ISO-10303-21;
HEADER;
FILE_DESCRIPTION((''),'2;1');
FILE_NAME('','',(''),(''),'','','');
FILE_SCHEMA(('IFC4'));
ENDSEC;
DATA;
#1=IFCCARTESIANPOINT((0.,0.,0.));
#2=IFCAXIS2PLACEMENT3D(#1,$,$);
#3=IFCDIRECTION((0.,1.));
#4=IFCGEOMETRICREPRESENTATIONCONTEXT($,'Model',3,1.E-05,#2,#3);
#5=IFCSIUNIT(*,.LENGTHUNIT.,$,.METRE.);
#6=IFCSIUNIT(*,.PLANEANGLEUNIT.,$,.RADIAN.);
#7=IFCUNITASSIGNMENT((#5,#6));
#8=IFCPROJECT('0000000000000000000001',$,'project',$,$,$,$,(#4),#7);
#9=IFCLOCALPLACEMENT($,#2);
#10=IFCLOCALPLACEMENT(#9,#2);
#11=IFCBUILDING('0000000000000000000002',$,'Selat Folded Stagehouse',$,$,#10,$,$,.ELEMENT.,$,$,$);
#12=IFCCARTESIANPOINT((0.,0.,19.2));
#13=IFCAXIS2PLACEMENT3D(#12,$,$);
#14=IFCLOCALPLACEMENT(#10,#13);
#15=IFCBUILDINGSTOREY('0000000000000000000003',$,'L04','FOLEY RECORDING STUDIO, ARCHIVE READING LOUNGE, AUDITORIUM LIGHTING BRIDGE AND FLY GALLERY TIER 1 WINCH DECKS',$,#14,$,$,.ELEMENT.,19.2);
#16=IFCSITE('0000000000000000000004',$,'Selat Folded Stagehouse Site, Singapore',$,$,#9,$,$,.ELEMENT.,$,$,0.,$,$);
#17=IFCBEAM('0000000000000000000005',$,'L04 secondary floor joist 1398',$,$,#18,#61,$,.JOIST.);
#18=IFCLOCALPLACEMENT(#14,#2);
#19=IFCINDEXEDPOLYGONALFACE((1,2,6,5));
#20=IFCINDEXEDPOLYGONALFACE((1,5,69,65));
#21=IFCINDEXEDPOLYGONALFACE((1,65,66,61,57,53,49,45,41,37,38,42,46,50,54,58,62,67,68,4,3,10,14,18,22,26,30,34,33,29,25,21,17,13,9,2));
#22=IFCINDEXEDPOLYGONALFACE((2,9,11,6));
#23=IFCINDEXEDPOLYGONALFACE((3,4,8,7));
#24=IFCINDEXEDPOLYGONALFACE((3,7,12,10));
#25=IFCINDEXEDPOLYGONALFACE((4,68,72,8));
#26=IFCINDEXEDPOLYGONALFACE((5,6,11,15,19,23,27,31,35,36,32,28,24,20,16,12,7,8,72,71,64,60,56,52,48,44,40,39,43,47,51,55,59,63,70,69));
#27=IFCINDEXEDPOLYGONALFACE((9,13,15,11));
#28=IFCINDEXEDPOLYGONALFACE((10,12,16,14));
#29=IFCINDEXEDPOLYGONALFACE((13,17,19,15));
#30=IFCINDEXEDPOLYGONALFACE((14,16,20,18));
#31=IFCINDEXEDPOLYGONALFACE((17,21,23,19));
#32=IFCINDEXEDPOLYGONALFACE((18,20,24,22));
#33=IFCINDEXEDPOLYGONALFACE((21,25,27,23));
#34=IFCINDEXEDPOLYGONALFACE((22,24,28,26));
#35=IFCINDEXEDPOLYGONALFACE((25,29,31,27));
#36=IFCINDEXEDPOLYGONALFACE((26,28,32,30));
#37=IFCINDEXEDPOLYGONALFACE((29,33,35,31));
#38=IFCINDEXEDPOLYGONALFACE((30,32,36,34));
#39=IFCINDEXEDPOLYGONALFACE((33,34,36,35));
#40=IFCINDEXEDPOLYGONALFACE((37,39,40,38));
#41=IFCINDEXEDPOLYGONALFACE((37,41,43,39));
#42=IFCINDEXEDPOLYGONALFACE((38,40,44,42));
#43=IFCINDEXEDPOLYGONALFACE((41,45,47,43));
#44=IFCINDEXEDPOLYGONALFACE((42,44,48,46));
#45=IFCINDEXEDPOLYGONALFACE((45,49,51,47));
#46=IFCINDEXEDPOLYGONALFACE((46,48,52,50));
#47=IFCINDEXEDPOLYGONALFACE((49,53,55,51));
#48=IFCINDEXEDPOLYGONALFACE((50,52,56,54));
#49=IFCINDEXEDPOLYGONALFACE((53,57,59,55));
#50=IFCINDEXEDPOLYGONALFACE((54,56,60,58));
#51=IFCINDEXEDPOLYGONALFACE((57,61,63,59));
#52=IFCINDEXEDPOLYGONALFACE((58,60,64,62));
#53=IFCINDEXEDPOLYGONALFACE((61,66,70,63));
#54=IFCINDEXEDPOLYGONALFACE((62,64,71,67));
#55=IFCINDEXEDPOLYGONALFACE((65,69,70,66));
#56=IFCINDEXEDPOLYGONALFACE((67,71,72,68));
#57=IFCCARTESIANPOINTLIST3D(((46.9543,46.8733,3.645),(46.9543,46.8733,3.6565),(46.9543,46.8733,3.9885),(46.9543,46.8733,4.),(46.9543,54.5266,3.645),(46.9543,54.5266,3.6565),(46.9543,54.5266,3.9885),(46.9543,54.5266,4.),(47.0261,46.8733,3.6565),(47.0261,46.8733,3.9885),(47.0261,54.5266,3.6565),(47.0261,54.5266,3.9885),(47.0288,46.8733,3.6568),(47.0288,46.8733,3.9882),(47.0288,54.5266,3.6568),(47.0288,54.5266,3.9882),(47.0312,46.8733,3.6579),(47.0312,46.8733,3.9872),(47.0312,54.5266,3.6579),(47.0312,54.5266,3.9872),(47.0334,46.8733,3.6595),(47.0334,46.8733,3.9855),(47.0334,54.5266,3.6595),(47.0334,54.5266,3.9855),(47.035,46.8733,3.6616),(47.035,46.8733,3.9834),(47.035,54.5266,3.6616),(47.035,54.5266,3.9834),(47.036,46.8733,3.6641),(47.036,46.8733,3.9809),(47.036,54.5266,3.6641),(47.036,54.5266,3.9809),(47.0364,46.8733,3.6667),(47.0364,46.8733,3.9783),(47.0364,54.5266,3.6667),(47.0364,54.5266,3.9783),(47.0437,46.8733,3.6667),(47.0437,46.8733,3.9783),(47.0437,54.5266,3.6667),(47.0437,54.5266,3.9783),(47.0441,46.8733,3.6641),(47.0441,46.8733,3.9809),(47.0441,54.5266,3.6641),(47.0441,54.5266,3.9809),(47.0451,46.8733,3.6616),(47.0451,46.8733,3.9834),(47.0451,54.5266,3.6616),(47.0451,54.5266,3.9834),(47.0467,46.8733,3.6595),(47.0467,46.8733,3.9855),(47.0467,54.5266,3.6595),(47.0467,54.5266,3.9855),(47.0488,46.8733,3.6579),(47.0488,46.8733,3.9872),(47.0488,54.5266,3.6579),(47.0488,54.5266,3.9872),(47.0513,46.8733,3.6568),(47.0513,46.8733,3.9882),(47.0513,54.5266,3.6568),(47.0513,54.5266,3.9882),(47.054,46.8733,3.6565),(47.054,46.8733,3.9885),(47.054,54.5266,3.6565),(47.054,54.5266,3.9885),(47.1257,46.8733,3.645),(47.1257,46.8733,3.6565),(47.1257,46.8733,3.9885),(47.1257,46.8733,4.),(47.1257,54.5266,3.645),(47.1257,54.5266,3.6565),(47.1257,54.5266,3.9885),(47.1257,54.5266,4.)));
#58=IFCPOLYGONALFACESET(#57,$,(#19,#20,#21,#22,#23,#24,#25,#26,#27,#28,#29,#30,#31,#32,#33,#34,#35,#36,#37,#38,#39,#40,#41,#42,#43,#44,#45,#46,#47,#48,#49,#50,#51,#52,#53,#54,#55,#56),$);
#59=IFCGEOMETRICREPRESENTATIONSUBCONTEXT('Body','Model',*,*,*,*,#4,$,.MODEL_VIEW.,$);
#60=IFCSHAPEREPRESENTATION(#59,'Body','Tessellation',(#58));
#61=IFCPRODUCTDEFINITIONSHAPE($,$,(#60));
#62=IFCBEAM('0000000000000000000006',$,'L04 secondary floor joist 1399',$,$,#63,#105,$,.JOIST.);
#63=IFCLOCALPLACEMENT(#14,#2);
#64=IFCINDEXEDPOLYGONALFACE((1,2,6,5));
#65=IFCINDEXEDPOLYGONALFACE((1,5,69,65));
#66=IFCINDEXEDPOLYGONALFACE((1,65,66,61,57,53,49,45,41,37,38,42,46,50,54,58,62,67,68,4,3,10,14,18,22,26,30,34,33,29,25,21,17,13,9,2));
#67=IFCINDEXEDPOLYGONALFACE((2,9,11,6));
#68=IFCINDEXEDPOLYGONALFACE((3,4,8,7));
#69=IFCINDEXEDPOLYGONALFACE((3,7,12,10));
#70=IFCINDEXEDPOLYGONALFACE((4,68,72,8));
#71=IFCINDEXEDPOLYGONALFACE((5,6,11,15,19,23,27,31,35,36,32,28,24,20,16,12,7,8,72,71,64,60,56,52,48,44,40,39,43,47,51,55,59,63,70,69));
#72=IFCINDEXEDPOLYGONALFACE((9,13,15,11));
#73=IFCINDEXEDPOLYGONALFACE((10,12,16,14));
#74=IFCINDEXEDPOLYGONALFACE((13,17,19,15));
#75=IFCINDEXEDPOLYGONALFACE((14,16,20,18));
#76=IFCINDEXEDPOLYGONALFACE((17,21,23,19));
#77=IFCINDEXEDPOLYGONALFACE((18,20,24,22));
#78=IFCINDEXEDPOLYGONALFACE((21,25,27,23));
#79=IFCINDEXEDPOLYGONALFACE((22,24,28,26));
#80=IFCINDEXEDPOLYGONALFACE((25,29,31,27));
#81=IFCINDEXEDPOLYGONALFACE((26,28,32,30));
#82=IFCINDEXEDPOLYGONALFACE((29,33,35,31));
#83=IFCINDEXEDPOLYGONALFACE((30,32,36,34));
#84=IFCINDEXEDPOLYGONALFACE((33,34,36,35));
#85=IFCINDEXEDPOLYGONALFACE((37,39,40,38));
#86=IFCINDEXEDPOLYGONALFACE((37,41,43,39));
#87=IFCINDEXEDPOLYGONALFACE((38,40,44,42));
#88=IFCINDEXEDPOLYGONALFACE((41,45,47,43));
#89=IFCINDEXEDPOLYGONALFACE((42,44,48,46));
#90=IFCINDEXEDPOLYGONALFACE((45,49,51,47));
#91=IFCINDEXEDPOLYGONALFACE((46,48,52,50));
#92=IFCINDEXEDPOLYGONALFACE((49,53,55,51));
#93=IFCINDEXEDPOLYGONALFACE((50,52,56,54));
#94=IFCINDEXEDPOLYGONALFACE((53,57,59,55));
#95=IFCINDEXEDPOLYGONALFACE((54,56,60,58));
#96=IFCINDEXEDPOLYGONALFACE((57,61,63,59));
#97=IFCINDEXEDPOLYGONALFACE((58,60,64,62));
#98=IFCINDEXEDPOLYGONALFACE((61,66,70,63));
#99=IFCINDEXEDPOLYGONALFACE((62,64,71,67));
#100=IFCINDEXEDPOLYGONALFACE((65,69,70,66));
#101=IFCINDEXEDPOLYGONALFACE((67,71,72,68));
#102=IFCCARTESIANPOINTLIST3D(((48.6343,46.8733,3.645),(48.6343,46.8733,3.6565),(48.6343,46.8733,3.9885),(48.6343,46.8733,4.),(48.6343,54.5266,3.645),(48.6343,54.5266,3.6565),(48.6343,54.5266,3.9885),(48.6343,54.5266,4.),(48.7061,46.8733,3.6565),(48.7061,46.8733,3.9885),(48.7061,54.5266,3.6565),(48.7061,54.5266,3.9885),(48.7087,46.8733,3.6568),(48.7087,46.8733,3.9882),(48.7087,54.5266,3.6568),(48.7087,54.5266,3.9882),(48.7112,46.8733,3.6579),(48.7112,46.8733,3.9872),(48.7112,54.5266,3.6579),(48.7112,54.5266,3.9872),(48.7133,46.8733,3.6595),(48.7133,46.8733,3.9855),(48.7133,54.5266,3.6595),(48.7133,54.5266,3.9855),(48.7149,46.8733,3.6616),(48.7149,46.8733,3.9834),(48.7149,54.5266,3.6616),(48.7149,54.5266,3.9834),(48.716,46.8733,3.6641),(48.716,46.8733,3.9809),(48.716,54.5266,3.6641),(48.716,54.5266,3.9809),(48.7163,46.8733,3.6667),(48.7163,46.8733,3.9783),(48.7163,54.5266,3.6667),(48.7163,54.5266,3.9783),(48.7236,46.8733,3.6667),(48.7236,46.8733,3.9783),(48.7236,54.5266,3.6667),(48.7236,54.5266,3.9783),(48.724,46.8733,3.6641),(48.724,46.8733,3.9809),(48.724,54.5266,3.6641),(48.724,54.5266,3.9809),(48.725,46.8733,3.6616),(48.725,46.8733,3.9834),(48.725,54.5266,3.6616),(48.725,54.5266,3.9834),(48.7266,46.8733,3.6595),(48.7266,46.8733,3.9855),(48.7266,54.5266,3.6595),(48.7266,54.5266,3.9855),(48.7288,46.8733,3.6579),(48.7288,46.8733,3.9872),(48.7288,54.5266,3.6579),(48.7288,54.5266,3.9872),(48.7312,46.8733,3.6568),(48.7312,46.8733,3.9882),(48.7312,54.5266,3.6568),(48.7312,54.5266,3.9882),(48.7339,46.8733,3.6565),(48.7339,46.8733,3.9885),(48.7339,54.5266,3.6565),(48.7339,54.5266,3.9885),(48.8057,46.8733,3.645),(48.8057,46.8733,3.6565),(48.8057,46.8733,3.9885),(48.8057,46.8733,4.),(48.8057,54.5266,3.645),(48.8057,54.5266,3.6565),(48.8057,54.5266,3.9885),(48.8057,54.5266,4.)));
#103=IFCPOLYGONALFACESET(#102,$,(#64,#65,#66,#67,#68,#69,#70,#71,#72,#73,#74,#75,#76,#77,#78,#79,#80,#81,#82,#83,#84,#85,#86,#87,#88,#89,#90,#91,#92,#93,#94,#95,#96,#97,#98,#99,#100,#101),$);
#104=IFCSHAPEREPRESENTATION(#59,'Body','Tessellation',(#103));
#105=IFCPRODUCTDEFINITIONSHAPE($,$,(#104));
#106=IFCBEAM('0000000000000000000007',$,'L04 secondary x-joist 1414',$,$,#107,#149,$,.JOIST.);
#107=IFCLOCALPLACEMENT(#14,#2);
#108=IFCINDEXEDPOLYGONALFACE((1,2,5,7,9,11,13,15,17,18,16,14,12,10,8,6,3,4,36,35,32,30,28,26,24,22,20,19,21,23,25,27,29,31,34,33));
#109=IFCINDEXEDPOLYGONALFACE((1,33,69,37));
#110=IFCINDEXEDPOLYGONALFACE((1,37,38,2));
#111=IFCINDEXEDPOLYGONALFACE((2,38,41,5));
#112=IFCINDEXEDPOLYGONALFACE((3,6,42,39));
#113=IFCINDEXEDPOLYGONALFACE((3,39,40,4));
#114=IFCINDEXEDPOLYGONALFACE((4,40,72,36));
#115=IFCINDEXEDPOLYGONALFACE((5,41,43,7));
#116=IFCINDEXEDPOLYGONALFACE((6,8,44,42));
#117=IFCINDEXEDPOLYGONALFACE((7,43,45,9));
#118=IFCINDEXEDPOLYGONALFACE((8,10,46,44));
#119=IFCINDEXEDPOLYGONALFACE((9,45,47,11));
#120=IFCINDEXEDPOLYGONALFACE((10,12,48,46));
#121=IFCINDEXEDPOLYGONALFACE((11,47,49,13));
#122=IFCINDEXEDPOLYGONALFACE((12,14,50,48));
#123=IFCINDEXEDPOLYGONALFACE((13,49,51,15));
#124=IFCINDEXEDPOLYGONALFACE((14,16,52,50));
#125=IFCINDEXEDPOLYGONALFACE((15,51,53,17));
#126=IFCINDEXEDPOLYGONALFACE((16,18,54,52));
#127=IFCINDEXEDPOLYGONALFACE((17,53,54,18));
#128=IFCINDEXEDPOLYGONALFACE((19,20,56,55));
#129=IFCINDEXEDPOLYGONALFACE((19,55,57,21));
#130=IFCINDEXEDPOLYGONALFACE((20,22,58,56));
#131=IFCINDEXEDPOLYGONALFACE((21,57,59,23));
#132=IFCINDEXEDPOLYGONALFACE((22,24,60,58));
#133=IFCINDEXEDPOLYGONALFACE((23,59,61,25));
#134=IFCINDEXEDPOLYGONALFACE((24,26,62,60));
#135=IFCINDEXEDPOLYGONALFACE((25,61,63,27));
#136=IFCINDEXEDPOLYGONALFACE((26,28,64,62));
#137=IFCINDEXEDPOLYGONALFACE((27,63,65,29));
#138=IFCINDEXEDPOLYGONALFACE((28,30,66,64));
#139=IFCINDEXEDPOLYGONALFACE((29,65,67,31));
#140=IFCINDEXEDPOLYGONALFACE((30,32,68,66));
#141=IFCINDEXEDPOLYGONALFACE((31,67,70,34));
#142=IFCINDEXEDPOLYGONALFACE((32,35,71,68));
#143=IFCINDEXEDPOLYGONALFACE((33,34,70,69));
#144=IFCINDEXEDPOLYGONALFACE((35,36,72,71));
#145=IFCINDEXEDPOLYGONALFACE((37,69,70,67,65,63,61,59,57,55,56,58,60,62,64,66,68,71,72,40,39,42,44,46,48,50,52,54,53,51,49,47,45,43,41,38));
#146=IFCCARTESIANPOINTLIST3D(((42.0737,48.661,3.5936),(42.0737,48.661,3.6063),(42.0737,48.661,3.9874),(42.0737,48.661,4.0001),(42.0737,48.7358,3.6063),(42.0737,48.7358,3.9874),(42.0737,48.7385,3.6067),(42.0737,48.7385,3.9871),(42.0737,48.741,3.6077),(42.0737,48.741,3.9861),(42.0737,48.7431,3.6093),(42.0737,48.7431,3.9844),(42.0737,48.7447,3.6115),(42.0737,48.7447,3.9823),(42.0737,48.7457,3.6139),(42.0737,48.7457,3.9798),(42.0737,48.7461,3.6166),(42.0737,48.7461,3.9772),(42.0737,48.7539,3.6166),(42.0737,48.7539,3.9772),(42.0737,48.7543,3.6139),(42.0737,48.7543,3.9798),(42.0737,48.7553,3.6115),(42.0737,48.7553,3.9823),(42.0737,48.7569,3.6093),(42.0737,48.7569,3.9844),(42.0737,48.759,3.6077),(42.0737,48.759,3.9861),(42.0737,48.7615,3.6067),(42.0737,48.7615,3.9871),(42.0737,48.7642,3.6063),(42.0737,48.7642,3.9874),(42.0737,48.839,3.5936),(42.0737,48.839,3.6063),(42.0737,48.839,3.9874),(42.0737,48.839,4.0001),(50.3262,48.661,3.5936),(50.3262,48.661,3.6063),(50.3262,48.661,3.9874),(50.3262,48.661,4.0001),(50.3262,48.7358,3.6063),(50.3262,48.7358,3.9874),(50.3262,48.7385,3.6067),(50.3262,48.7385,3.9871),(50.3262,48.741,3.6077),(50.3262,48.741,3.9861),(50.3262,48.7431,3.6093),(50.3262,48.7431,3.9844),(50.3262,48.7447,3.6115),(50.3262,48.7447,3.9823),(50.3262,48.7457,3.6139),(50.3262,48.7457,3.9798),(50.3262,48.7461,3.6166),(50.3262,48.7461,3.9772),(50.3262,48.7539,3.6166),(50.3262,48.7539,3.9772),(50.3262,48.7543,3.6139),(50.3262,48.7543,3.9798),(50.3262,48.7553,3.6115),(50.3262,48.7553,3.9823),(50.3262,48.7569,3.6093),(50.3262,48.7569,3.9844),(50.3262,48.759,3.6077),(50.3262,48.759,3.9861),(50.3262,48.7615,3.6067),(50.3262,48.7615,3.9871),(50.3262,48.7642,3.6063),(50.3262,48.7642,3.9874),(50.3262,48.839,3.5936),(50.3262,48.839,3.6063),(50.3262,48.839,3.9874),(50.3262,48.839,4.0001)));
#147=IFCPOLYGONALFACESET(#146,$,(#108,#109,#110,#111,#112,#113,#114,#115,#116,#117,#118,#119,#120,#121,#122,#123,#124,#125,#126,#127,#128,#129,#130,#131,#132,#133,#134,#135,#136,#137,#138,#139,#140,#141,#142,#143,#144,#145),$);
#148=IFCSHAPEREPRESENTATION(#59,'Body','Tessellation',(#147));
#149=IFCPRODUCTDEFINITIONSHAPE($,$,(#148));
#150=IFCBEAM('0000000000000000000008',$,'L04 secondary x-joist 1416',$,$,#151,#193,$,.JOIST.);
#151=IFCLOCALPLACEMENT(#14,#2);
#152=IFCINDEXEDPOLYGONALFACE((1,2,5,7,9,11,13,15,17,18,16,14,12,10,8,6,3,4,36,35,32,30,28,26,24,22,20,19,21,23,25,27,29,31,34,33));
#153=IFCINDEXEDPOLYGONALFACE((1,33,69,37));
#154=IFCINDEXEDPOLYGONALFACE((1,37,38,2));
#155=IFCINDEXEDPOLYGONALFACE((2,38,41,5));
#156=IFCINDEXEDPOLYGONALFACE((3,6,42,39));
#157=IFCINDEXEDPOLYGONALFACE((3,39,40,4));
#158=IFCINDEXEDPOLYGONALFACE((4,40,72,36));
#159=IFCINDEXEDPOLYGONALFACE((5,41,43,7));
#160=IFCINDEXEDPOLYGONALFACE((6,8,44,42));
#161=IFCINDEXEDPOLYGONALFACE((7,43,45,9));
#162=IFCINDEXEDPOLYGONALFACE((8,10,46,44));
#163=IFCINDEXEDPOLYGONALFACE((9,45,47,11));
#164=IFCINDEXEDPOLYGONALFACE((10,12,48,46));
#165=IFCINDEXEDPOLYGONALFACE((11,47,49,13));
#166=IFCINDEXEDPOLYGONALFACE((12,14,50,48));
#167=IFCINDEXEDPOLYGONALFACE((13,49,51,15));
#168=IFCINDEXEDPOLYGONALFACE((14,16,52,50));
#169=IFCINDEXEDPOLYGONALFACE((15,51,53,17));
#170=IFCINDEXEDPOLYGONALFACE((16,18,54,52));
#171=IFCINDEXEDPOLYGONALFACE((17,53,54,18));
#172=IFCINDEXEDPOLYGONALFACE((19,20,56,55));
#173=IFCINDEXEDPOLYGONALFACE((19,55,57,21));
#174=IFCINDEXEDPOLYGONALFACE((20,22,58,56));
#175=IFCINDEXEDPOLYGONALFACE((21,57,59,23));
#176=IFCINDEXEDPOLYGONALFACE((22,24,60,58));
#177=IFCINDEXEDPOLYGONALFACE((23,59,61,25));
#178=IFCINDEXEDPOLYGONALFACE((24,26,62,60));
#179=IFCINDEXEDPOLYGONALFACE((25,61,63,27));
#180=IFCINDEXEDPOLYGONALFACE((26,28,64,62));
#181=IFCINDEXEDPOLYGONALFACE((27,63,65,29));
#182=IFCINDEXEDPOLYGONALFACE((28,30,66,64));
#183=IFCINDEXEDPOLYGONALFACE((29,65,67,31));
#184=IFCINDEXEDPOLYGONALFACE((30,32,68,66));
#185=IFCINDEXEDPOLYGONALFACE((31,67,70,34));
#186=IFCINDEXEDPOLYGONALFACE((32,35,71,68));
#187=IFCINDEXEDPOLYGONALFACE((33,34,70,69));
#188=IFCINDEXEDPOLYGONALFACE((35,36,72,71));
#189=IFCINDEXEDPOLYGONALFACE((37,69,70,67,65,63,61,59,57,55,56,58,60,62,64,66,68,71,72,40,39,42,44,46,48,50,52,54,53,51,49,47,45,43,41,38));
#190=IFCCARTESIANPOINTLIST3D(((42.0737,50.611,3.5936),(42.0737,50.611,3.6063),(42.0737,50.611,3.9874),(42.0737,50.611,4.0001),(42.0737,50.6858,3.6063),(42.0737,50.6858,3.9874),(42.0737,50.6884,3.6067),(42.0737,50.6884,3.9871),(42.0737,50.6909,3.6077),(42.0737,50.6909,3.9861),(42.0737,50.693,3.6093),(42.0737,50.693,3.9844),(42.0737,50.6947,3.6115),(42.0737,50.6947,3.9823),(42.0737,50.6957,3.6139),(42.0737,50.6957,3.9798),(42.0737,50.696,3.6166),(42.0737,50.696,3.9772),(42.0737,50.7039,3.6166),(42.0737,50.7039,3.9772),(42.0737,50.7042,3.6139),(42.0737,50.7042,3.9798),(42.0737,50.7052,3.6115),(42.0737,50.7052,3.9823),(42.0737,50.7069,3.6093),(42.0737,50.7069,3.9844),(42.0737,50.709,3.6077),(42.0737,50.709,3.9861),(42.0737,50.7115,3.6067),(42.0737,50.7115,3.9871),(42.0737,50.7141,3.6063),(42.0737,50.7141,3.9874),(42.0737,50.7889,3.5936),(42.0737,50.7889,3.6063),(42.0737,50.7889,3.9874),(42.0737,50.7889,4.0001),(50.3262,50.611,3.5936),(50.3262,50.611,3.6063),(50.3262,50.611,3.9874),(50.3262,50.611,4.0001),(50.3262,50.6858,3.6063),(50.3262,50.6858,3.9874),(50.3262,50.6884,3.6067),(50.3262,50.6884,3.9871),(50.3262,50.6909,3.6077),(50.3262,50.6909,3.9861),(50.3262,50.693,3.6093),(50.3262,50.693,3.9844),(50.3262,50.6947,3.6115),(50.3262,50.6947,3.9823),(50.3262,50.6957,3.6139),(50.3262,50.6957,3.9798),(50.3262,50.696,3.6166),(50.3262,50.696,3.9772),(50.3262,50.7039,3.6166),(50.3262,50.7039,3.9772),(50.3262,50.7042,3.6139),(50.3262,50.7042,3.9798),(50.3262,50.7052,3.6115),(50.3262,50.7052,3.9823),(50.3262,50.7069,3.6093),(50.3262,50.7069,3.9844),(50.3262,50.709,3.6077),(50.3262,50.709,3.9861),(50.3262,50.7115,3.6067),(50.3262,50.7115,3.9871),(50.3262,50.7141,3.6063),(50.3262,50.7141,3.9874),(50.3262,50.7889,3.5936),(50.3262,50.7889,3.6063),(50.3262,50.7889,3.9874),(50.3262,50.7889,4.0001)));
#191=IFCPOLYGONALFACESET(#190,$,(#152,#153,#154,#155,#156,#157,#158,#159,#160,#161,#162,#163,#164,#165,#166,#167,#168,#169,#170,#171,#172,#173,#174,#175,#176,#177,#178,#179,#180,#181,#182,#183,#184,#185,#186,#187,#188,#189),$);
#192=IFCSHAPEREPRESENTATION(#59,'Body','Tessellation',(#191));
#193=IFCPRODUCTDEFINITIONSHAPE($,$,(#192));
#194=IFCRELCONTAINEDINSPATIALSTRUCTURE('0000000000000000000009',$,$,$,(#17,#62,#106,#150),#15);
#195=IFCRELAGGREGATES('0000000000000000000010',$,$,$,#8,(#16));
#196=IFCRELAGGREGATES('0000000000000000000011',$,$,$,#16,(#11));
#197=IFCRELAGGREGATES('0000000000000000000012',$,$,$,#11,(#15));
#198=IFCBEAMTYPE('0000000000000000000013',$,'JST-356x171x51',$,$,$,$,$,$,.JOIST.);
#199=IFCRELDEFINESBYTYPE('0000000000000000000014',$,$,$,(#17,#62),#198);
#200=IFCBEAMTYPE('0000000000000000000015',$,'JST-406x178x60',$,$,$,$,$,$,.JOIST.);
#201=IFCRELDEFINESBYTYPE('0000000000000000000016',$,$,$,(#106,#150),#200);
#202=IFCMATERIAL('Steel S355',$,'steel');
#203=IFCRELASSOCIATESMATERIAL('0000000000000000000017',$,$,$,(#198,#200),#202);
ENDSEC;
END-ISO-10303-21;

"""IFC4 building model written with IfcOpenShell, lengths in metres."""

from ifc_helpers import new_model, si_unit, direction, frame, origin, origin_2d, place, context, subcontext, project, spatial, i_section, extrude, material, material_profile, profile_set, type_object, element, save


model = new_model("IFC4")

# Units and contexts
model_context = context("Model", 3, precision=1e-05, world=origin(), true_north=direction((0.0, 1.0)))
body_context = subcontext(model_context, "Body", "Model", "MODEL_VIEW")
ifc_project = project(units=[si_unit("LENGTHUNIT", "METRE"), si_unit("PLANEANGLEUNIT", "RADIAN")], contexts=[model_context])

# Site, building, storey
site_placement = place(None, origin())
site = spatial("IfcSite", under=ifc_project, at=site_placement, Name="Selat Folded Stagehouse Site, Singapore", CompositionType="ELEMENT", RefElevation=0.0)
building_placement = place(site_placement, origin())
building = spatial("IfcBuilding", under=site, at=building_placement, Name="Selat Folded Stagehouse", CompositionType="ELEMENT")
storey_placement = place(building_placement, frame((0.0, 0.0, 19.2)))
storey = spatial("IfcBuildingStorey", under=building, at=storey_placement, Name="L04", Description="FOLEY RECORDING STUDIO, ARCHIVE READING LOUNGE, AUDITORIUM LIGHTING BRIDGE AND FLY GALLERY TIER 1 WINCH DECKS", CompositionType="ELEMENT", Elevation=19.2)

# Shared definitions
ifc_material_1 = material(Name="Steel S355", Category="steel")

# Beams
ifc_material_profile_1 = material_profile(ifc_material_1, i_section(OverallWidth=0.1714, OverallDepth=0.355, WebThickness=0.0073, FlangeThickness=0.0115, FilletRadius=0.0103, at=origin_2d()), Name="UKB 356x171x51")
ifc_profile_set_1 = profile_set([ifc_material_profile_1], Name="Steel S355")
beam_type_1 = type_object("IfcBeamType", Name="JST-356x171x51", PredefinedType="JOIST", material=ifc_profile_set_1)
for number, where, z_axis, x_axis, name in (
    (1, (47.04, 46.8733, 3.8225), (0.0, 1.0, 0.0), (-1.0, 0.0, 0.0), "L04 secondary floor joist 1398"),
    (2, (48.72, 46.8733, 3.8225), (0.0, 1.0, 0.0), (-1.0, 0.0, 0.0), "L04 secondary floor joist 1399"),
):
    element("IfcBeam", number, at=place(storey_placement, frame(where, z_axis=z_axis, x_axis=x_axis)), inside=storey, type_object=beam_type_1, Name=name, PredefinedType="JOIST", context=body_context, shape_type="SweptSolid", body=[
        extrude(i_section(OverallWidth=0.1714, OverallDepth=0.355, WebThickness=0.0073, FlangeThickness=0.0115, FilletRadius=0.0103, at=origin_2d()), origin(), (0.0, 0.0, 1.0), 7.6533),
    ])
ifc_material_profile_2 = material_profile(ifc_material_1, i_section(OverallWidth=0.178, OverallDepth=0.4065, WebThickness=0.0078, FlangeThickness=0.0127, FilletRadius=0.0103, at=origin_2d()), Name="UKB 406x178x60")
ifc_profile_set_2 = profile_set([ifc_material_profile_2], Name="Steel S355")
beam_type_2 = type_object("IfcBeamType", Name="JST-406x178x60", PredefinedType="JOIST", material=ifc_profile_set_2)
for number, where, z_axis, x_axis, name in (
    (3, (42.0737, 48.75, 3.7969), (1.0, 0.0, 0.0), (0.0, 1.0, 0.0), "L04 secondary x-joist 1414"),
    (4, (42.0737, 50.7, 3.7969), (1.0, 0.0, 0.0), (0.0, 1.0, 0.0), "L04 secondary x-joist 1416"),
):
    element("IfcBeam", number, at=place(storey_placement, frame(where, z_axis=z_axis, x_axis=x_axis)), inside=storey, type_object=beam_type_2, Name=name, PredefinedType="JOIST", context=body_context, shape_type="SweptSolid", body=[
        extrude(i_section(OverallWidth=0.178, OverallDepth=0.4065, WebThickness=0.0078, FlangeThickness=0.0127, FilletRadius=0.0103, at=origin_2d()), origin(), (0.0, 0.0, 1.0), 8.2524),
    ])

save(model, "model.ifc")
